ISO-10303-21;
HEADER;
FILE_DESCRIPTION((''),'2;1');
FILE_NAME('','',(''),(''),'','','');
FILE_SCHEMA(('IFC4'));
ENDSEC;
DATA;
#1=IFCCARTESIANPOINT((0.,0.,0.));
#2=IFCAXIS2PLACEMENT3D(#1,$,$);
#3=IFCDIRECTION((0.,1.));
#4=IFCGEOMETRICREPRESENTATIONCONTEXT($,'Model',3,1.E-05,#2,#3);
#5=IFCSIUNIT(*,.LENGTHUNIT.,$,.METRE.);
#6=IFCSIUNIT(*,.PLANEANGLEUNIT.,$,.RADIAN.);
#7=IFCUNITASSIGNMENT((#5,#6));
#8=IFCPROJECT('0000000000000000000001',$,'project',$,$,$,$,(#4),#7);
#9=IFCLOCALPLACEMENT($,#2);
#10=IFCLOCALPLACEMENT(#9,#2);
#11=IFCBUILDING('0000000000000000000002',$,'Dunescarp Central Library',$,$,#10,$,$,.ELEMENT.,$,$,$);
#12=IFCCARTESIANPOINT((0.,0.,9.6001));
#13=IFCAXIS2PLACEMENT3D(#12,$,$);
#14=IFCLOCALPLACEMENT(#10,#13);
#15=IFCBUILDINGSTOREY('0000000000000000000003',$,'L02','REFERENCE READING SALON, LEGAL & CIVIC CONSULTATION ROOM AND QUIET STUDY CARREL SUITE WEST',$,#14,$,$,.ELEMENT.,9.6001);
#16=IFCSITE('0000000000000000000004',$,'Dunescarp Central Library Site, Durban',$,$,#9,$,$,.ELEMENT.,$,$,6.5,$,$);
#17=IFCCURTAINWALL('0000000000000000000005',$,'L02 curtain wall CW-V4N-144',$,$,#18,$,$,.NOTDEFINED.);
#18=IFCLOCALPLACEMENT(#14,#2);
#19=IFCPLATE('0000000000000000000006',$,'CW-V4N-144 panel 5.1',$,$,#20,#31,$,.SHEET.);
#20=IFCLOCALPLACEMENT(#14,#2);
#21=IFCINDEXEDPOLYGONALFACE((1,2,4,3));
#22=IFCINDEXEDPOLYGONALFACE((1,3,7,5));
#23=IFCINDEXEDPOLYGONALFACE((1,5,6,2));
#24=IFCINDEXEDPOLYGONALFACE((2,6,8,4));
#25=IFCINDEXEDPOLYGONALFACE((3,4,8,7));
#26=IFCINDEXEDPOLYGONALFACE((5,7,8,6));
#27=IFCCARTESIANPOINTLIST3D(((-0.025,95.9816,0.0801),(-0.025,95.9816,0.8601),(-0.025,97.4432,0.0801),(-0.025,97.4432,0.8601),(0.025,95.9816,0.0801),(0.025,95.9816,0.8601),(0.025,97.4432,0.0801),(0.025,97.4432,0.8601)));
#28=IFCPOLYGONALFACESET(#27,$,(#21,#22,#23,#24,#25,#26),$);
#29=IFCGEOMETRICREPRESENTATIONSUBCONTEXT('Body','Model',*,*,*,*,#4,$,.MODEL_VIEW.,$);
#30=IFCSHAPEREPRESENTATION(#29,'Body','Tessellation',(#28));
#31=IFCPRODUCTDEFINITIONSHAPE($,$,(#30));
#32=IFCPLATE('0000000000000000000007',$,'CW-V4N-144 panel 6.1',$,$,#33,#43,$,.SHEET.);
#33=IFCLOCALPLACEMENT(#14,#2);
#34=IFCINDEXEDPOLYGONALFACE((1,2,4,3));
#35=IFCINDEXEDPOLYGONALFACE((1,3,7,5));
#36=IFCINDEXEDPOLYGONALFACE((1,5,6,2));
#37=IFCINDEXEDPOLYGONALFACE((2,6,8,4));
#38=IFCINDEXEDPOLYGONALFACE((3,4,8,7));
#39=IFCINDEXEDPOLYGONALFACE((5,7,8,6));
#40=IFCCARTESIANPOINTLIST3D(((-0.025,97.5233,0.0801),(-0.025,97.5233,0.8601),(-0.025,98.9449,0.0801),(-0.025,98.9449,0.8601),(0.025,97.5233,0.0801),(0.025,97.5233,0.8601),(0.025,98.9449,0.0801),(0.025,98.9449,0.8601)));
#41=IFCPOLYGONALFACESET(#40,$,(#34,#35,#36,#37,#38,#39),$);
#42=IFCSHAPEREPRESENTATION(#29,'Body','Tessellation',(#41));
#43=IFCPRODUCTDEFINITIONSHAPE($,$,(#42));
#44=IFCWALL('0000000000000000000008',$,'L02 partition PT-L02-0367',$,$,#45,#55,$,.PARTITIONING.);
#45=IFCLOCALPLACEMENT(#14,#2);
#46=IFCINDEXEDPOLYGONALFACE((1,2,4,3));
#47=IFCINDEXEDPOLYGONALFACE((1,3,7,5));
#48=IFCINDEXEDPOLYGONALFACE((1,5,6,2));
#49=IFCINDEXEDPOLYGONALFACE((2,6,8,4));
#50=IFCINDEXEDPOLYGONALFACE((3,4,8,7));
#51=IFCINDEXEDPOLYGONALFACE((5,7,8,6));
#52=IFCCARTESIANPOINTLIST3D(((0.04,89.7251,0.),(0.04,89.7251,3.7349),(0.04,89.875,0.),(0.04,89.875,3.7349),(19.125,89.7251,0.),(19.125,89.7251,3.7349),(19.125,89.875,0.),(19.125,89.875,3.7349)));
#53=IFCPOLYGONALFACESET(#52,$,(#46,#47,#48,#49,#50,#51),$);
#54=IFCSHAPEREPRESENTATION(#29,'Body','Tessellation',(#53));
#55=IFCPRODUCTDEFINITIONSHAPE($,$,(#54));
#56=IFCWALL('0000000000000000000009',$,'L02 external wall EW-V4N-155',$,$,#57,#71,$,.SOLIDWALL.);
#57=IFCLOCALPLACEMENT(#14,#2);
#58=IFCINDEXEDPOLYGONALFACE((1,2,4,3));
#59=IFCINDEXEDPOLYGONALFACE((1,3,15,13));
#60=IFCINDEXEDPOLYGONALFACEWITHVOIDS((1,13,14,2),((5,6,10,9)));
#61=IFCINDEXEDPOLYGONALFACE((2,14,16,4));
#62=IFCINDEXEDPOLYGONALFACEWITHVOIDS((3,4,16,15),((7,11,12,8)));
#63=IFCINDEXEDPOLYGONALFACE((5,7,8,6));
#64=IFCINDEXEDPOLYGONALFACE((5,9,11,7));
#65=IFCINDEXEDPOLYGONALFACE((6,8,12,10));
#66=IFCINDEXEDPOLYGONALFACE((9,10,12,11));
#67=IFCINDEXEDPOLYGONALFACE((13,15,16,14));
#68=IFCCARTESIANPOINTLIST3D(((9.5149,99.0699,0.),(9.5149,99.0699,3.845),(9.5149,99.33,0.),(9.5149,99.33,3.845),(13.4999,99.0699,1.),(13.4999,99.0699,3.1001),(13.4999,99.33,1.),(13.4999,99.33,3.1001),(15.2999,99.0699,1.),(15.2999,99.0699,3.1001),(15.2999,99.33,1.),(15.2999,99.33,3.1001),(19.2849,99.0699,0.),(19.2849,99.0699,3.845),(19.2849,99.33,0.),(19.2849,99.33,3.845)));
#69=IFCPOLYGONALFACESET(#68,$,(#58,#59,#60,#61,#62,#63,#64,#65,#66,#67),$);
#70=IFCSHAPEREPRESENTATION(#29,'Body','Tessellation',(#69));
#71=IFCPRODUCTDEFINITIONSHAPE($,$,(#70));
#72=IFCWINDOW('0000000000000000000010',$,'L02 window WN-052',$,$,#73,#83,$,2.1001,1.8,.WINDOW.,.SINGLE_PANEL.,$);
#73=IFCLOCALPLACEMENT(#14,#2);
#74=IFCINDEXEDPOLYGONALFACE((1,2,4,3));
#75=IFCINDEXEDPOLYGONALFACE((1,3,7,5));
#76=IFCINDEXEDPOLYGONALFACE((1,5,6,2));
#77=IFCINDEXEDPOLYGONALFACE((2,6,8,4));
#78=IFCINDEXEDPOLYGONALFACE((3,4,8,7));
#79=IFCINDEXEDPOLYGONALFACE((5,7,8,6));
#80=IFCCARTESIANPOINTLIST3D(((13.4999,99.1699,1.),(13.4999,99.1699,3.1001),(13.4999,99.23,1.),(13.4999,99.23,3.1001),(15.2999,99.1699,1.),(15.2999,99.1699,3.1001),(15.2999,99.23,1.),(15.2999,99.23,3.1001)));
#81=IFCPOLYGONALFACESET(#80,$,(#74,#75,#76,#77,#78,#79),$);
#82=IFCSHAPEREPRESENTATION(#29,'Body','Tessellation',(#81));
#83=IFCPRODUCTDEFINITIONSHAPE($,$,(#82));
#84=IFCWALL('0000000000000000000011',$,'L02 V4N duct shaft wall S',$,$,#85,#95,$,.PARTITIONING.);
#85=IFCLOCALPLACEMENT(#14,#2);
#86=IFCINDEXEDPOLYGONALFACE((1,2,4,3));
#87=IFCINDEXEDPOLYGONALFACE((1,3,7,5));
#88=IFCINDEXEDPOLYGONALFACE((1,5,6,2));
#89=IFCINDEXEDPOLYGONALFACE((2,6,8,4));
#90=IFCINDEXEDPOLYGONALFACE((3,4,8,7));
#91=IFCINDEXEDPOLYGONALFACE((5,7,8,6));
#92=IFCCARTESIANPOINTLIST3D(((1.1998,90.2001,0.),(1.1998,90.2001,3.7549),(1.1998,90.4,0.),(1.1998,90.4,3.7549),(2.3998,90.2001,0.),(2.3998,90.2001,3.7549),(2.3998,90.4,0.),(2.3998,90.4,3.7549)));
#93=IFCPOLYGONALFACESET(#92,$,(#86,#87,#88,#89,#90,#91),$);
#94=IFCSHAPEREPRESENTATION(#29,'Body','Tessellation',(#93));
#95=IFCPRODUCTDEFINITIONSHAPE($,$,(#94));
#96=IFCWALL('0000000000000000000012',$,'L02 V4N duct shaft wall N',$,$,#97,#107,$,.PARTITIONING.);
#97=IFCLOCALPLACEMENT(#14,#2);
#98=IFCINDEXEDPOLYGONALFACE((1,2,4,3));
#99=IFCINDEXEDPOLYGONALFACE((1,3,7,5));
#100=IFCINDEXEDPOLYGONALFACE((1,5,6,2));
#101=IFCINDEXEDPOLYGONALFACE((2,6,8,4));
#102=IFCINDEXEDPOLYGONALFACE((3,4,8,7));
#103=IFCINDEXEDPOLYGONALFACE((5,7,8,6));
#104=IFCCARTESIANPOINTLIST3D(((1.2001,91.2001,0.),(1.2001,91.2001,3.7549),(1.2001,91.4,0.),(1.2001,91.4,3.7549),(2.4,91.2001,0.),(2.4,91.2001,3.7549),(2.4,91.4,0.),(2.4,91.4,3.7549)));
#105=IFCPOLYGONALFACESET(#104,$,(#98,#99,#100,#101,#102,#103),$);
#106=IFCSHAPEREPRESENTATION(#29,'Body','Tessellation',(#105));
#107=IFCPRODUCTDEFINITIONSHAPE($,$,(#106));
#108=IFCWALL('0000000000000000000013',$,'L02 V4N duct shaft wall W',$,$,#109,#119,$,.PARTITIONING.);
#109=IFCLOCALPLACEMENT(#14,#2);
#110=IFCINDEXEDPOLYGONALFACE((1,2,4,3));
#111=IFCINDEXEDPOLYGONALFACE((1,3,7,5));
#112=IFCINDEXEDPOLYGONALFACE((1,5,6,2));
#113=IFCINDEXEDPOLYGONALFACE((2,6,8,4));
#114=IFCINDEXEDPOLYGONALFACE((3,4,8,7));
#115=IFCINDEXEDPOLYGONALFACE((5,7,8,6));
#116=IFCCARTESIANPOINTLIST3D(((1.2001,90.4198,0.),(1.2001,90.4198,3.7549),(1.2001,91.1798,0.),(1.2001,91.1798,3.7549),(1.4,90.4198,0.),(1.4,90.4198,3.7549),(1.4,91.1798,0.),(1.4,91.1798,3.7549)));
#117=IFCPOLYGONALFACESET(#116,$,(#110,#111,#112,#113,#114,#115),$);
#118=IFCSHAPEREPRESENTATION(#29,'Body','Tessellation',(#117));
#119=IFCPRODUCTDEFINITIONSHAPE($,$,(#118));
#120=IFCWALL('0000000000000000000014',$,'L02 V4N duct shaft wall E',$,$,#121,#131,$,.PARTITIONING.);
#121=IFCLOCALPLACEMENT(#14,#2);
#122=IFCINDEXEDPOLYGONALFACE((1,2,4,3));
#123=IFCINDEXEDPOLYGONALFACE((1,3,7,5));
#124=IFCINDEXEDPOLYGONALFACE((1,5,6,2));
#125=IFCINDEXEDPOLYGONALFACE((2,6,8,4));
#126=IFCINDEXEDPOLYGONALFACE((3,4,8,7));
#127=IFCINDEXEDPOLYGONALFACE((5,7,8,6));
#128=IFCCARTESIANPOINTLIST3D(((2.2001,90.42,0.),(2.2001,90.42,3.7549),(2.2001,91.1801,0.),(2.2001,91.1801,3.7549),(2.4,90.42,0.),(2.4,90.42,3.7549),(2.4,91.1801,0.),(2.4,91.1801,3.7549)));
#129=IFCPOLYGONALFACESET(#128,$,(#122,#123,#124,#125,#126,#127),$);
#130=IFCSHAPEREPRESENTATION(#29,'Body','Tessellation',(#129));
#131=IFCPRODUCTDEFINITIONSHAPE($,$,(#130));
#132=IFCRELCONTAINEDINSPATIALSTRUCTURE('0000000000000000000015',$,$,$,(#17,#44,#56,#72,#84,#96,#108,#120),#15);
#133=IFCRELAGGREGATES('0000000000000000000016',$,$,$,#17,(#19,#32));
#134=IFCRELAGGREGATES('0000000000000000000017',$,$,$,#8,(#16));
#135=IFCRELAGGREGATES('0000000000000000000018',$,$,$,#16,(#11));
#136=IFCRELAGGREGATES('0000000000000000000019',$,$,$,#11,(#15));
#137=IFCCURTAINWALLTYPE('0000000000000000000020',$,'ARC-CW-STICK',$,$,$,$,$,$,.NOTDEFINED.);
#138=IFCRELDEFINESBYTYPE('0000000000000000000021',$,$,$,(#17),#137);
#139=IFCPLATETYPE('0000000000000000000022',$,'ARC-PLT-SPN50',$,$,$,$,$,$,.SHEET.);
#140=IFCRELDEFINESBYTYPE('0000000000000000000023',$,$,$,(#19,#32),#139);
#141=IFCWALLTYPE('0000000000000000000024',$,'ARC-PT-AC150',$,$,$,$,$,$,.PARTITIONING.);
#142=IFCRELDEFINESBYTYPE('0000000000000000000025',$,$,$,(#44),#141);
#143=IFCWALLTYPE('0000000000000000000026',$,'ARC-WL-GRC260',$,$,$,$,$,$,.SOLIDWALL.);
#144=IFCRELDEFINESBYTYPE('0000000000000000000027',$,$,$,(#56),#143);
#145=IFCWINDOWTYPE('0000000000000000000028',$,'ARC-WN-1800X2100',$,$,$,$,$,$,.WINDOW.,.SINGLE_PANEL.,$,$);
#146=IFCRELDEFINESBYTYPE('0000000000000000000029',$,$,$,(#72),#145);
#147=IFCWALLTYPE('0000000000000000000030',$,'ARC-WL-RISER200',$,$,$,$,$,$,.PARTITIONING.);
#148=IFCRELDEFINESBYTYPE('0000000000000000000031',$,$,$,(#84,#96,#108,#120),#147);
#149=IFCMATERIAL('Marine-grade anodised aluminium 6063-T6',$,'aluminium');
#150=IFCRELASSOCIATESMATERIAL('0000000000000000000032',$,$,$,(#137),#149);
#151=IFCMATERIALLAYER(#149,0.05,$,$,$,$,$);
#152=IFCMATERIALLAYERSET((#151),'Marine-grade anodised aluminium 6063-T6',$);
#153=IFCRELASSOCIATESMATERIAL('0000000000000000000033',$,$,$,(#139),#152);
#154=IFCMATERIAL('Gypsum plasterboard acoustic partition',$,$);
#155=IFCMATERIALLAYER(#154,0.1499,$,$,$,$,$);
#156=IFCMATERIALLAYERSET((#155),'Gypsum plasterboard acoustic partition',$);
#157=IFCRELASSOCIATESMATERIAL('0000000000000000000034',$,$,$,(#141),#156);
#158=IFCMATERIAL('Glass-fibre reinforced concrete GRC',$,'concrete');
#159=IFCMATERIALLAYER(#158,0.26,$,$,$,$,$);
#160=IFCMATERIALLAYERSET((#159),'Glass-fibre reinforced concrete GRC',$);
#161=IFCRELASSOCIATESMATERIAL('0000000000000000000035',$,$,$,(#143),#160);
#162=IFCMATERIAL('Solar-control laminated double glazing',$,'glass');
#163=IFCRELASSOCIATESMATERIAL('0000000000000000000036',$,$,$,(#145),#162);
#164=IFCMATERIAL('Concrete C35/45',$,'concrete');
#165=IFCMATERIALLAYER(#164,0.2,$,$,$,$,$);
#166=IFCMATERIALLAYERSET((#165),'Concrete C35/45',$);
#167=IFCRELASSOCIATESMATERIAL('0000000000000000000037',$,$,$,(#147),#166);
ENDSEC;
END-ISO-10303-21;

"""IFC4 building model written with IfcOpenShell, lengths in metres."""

from ifc_helpers import new_model, si_unit, direction, frame, frame_2d, origin, origin_2d, place, context, subcontext, project, spatial, rectangle, extrude, material, layer, layer_set, type_object, element, fill, aggregate, save


model = new_model("IFC4")

# Units and contexts
model_context = context("Model", 3, precision=1e-05, world=origin(), true_north=direction((0.0, 1.0)))
body_context = subcontext(model_context, "Body", "Model", "MODEL_VIEW")
ifc_project = project(units=[si_unit("LENGTHUNIT", "METRE"), si_unit("PLANEANGLEUNIT", "RADIAN")], contexts=[model_context])

# Site, building, storey
site_placement = place(None, origin())
site = spatial("IfcSite", under=ifc_project, at=site_placement, Name="Dunescarp Central Library Site, Durban", CompositionType="ELEMENT", RefElevation=6.5)
building_placement = place(site_placement, origin())
building = spatial("IfcBuilding", under=site, at=building_placement, Name="Dunescarp Central Library", CompositionType="ELEMENT")
storey_placement = place(building_placement, frame((0.0, 0.0, 9.6001)))
storey = spatial("IfcBuildingStorey", under=building, at=storey_placement, Name="L02", Description="REFERENCE READING SALON, LEGAL & CIVIC CONSULTATION ROOM AND QUIET STUDY CARREL SUITE WEST", CompositionType="ELEMENT", Elevation=9.6001)

# Curtain wall
ifc_material_1 = material(Name="Marine-grade anodised aluminium 6063-T6", Category="aluminium")
curtain_wall_type = type_object("IfcCurtainWallType", Name="ARC-CW-STICK", PredefinedType="NOTDEFINED", material=ifc_material_1)
curtain_wall_placement = place(storey_placement, origin())
curtain_wall = element("IfcCurtainWall", 1, at=curtain_wall_placement, inside=storey, type_object=curtain_wall_type, Name="L02 curtain wall CW-V4N-144", PredefinedType="NOTDEFINED")

# Plates
ifc_material_2 = material(Name="Solar-control laminated double glazing", Category="glass")
ifc_layer_1 = layer(ifc_material_1, 0.05)
ifc_layer_set_1 = layer_set([ifc_layer_1], Name="Marine-grade anodised aluminium 6063-T6")
plate_type_1 = type_object("IfcPlateType", Name="ARC-PLT-SPN50", PredefinedType="SHEET", material=ifc_layer_set_1)
plate_1_placement = place(storey_placement, frame((0.0, 96.7124, 0.0801), z_axis=(0.0, 0.0, 1.0), x_axis=(0.0, 1.0, 0.0)))
plate_1 = element("IfcPlate", 2, at=plate_1_placement, type_object=plate_type_1, Name="CW-V4N-144 panel 5.1", PredefinedType="SHEET", context=body_context, shape_type="SweptSolid", body=[
    extrude(rectangle(XDim=1.4617, YDim=0.05, at=origin_2d()), origin(), (0.0, 0.0, 1.0), 0.78),
])
plate_2_placement = place(storey_placement, frame((0.0, 98.2341, 0.0801), z_axis=(0.0, 0.0, 1.0), x_axis=(0.0, 1.0, 0.0)))
plate_2 = element("IfcPlate", 3, at=plate_2_placement, type_object=plate_type_1, Name="CW-V4N-144 panel 6.1", PredefinedType="SHEET", context=body_context, shape_type="SweptSolid", body=[
    extrude(rectangle(XDim=1.4216, YDim=0.05, at=origin_2d()), origin(), (0.0, 0.0, 1.0), 0.78),
])
aggregate(curtain_wall, [plate_1, plate_2])

# Wall
ifc_material_3 = material(Name="Gypsum plasterboard acoustic partition")
ifc_layer_2 = layer(ifc_material_3, 0.1499)
ifc_layer_set_2 = layer_set([ifc_layer_2], Name="Gypsum plasterboard acoustic partition")
wall_type_1 = type_object("IfcWallType", Name="ARC-PT-AC150", PredefinedType="PARTITIONING", material=ifc_layer_set_2)
wall_1_placement = place(storey_placement, frame((0.04, 89.8, 0.0), z_axis=(0.0, 0.0, 1.0), x_axis=(1.0, 0.0, 0.0)))
element("IfcWall", 4, at=wall_1_placement, inside=storey, type_object=wall_type_1, Name="L02 partition PT-L02-0367", PredefinedType="PARTITIONING", context=body_context, shape_type="SweptSolid", body=[
    extrude(rectangle(XDim=19.085, YDim=0.1499, at=frame_2d((9.5425, 0.0))), origin(), (0.0, 0.0, 1.0), 3.7349),
])

# Wall, opening, window
ifc_material_4 = material(Name="Glass-fibre reinforced concrete GRC", Category="concrete")
ifc_layer_3 = layer(ifc_material_4, 0.26)
ifc_layer_set_3 = layer_set([ifc_layer_3], Name="Glass-fibre reinforced concrete GRC")
wall_type_2 = type_object("IfcWallType", Name="ARC-WL-GRC260", PredefinedType="SOLIDWALL", material=ifc_layer_set_3)
wall_2_placement = place(storey_placement, frame((9.5149, 99.2, 0.0), z_axis=(0.0, 0.0, 1.0), x_axis=(1.0, 0.0, 0.0)))
wall_2 = element("IfcWall", 5, at=wall_2_placement, inside=storey, type_object=wall_type_2, Name="L02 external wall EW-V4N-155", PredefinedType="SOLIDWALL", context=body_context, shape_type="SweptSolid", body=[
    extrude(rectangle(XDim=9.77, YDim=0.26, at=frame_2d((4.885, 0.0))), origin(), (0.0, 0.0, 1.0), 3.845),
])
opening_placement = place(wall_2_placement, frame((3.9851, 0.0, 1.0)))
opening = element("IfcOpeningElement", 6, at=opening_placement, cuts=wall_2, PredefinedType="OPENING", context=body_context, shape_type="SweptSolid", body=[
    extrude(rectangle(XDim=1.8, YDim=2.1001, at=frame_2d((0.8999, 1.05))), frame((0.0, 0.1401, 0.0), z_axis=(0.0, -1.0, 0.0), x_axis=(1.0, 0.0, 0.0)), (0.0, 0.0, 1.0), 0.28),
])
window_type = type_object("IfcWindowType", Name="ARC-WN-1800X2100", PartitioningType="SINGLE_PANEL", PredefinedType="WINDOW", material=ifc_material_2)
window_placement = place(opening_placement, origin())
window = element("IfcWindow", 7, at=window_placement, inside=storey, type_object=window_type, Name="L02 window WN-052", OverallHeight=2.1001, OverallWidth=1.8, PartitioningType="SINGLE_PANEL", PredefinedType="WINDOW", context=body_context, shape_type="SweptSolid", body=[
    extrude(rectangle(XDim=1.8, YDim=2.1001, at=frame_2d((0.8999, 1.05))), frame((0.0, 0.03, 0.0), z_axis=(0.0, -1.0, 0.0), x_axis=(1.0, 0.0, 0.0)), (0.0, 0.0, 1.0), 0.0601),
])
fill(opening, window)

# Walls
ifc_material_5 = material(Name="Concrete C35/45", Category="concrete")
ifc_layer_4 = layer(ifc_material_5, 0.2)
ifc_layer_set_4 = layer_set([ifc_layer_4], Name="Concrete C35/45")
wall_type_3 = type_object("IfcWallType", Name="ARC-WL-RISER200", PredefinedType="PARTITIONING", material=ifc_layer_set_4)
for number, where, z_axis, x_axis, name in (
    (8, (2.3999, 90.3, 0.0), (0.0, 0.0, 1.0), (-1.0, 0.0, 0.0), "L02 V4N duct shaft wall S"),
    (9, (1.2, 91.3, 0.0), (0.0, 0.0, 1.0), (1.0, 0.0, 0.0), "L02 V4N duct shaft wall N"),
):
    element("IfcWall", number, at=place(storey_placement, frame(where, z_axis=z_axis, x_axis=x_axis)), inside=storey, type_object=wall_type_3, Name=name, PredefinedType="PARTITIONING", context=body_context, shape_type="SweptSolid", body=[
        extrude(rectangle(XDim=1.2, YDim=0.2, at=frame_2d((0.6001, 0.0))), origin(), (0.0, 0.0, 1.0), 3.7549),
    ])
for number, where, z_axis, x_axis, name in (
    (10, (1.3, 90.4199, 0.0), (0.0, 0.0, 1.0), (0.0, 1.0, 0.0), "L02 V4N duct shaft wall W"),
    (11, (2.3, 91.1799, 0.0), (0.0, 0.0, 1.0), (0.0, -1.0, 0.0), "L02 V4N duct shaft wall E"),
):
    element("IfcWall", number, at=place(storey_placement, frame(where, z_axis=z_axis, x_axis=x_axis)), inside=storey, type_object=wall_type_3, Name=name, PredefinedType="PARTITIONING", context=body_context, shape_type="SweptSolid", body=[
        extrude(rectangle(XDim=0.76, YDim=0.2, at=frame_2d((0.3799, 0.0))), origin(), (0.0, 0.0, 1.0), 3.7549),
    ])

save(model, "model.ifc")
